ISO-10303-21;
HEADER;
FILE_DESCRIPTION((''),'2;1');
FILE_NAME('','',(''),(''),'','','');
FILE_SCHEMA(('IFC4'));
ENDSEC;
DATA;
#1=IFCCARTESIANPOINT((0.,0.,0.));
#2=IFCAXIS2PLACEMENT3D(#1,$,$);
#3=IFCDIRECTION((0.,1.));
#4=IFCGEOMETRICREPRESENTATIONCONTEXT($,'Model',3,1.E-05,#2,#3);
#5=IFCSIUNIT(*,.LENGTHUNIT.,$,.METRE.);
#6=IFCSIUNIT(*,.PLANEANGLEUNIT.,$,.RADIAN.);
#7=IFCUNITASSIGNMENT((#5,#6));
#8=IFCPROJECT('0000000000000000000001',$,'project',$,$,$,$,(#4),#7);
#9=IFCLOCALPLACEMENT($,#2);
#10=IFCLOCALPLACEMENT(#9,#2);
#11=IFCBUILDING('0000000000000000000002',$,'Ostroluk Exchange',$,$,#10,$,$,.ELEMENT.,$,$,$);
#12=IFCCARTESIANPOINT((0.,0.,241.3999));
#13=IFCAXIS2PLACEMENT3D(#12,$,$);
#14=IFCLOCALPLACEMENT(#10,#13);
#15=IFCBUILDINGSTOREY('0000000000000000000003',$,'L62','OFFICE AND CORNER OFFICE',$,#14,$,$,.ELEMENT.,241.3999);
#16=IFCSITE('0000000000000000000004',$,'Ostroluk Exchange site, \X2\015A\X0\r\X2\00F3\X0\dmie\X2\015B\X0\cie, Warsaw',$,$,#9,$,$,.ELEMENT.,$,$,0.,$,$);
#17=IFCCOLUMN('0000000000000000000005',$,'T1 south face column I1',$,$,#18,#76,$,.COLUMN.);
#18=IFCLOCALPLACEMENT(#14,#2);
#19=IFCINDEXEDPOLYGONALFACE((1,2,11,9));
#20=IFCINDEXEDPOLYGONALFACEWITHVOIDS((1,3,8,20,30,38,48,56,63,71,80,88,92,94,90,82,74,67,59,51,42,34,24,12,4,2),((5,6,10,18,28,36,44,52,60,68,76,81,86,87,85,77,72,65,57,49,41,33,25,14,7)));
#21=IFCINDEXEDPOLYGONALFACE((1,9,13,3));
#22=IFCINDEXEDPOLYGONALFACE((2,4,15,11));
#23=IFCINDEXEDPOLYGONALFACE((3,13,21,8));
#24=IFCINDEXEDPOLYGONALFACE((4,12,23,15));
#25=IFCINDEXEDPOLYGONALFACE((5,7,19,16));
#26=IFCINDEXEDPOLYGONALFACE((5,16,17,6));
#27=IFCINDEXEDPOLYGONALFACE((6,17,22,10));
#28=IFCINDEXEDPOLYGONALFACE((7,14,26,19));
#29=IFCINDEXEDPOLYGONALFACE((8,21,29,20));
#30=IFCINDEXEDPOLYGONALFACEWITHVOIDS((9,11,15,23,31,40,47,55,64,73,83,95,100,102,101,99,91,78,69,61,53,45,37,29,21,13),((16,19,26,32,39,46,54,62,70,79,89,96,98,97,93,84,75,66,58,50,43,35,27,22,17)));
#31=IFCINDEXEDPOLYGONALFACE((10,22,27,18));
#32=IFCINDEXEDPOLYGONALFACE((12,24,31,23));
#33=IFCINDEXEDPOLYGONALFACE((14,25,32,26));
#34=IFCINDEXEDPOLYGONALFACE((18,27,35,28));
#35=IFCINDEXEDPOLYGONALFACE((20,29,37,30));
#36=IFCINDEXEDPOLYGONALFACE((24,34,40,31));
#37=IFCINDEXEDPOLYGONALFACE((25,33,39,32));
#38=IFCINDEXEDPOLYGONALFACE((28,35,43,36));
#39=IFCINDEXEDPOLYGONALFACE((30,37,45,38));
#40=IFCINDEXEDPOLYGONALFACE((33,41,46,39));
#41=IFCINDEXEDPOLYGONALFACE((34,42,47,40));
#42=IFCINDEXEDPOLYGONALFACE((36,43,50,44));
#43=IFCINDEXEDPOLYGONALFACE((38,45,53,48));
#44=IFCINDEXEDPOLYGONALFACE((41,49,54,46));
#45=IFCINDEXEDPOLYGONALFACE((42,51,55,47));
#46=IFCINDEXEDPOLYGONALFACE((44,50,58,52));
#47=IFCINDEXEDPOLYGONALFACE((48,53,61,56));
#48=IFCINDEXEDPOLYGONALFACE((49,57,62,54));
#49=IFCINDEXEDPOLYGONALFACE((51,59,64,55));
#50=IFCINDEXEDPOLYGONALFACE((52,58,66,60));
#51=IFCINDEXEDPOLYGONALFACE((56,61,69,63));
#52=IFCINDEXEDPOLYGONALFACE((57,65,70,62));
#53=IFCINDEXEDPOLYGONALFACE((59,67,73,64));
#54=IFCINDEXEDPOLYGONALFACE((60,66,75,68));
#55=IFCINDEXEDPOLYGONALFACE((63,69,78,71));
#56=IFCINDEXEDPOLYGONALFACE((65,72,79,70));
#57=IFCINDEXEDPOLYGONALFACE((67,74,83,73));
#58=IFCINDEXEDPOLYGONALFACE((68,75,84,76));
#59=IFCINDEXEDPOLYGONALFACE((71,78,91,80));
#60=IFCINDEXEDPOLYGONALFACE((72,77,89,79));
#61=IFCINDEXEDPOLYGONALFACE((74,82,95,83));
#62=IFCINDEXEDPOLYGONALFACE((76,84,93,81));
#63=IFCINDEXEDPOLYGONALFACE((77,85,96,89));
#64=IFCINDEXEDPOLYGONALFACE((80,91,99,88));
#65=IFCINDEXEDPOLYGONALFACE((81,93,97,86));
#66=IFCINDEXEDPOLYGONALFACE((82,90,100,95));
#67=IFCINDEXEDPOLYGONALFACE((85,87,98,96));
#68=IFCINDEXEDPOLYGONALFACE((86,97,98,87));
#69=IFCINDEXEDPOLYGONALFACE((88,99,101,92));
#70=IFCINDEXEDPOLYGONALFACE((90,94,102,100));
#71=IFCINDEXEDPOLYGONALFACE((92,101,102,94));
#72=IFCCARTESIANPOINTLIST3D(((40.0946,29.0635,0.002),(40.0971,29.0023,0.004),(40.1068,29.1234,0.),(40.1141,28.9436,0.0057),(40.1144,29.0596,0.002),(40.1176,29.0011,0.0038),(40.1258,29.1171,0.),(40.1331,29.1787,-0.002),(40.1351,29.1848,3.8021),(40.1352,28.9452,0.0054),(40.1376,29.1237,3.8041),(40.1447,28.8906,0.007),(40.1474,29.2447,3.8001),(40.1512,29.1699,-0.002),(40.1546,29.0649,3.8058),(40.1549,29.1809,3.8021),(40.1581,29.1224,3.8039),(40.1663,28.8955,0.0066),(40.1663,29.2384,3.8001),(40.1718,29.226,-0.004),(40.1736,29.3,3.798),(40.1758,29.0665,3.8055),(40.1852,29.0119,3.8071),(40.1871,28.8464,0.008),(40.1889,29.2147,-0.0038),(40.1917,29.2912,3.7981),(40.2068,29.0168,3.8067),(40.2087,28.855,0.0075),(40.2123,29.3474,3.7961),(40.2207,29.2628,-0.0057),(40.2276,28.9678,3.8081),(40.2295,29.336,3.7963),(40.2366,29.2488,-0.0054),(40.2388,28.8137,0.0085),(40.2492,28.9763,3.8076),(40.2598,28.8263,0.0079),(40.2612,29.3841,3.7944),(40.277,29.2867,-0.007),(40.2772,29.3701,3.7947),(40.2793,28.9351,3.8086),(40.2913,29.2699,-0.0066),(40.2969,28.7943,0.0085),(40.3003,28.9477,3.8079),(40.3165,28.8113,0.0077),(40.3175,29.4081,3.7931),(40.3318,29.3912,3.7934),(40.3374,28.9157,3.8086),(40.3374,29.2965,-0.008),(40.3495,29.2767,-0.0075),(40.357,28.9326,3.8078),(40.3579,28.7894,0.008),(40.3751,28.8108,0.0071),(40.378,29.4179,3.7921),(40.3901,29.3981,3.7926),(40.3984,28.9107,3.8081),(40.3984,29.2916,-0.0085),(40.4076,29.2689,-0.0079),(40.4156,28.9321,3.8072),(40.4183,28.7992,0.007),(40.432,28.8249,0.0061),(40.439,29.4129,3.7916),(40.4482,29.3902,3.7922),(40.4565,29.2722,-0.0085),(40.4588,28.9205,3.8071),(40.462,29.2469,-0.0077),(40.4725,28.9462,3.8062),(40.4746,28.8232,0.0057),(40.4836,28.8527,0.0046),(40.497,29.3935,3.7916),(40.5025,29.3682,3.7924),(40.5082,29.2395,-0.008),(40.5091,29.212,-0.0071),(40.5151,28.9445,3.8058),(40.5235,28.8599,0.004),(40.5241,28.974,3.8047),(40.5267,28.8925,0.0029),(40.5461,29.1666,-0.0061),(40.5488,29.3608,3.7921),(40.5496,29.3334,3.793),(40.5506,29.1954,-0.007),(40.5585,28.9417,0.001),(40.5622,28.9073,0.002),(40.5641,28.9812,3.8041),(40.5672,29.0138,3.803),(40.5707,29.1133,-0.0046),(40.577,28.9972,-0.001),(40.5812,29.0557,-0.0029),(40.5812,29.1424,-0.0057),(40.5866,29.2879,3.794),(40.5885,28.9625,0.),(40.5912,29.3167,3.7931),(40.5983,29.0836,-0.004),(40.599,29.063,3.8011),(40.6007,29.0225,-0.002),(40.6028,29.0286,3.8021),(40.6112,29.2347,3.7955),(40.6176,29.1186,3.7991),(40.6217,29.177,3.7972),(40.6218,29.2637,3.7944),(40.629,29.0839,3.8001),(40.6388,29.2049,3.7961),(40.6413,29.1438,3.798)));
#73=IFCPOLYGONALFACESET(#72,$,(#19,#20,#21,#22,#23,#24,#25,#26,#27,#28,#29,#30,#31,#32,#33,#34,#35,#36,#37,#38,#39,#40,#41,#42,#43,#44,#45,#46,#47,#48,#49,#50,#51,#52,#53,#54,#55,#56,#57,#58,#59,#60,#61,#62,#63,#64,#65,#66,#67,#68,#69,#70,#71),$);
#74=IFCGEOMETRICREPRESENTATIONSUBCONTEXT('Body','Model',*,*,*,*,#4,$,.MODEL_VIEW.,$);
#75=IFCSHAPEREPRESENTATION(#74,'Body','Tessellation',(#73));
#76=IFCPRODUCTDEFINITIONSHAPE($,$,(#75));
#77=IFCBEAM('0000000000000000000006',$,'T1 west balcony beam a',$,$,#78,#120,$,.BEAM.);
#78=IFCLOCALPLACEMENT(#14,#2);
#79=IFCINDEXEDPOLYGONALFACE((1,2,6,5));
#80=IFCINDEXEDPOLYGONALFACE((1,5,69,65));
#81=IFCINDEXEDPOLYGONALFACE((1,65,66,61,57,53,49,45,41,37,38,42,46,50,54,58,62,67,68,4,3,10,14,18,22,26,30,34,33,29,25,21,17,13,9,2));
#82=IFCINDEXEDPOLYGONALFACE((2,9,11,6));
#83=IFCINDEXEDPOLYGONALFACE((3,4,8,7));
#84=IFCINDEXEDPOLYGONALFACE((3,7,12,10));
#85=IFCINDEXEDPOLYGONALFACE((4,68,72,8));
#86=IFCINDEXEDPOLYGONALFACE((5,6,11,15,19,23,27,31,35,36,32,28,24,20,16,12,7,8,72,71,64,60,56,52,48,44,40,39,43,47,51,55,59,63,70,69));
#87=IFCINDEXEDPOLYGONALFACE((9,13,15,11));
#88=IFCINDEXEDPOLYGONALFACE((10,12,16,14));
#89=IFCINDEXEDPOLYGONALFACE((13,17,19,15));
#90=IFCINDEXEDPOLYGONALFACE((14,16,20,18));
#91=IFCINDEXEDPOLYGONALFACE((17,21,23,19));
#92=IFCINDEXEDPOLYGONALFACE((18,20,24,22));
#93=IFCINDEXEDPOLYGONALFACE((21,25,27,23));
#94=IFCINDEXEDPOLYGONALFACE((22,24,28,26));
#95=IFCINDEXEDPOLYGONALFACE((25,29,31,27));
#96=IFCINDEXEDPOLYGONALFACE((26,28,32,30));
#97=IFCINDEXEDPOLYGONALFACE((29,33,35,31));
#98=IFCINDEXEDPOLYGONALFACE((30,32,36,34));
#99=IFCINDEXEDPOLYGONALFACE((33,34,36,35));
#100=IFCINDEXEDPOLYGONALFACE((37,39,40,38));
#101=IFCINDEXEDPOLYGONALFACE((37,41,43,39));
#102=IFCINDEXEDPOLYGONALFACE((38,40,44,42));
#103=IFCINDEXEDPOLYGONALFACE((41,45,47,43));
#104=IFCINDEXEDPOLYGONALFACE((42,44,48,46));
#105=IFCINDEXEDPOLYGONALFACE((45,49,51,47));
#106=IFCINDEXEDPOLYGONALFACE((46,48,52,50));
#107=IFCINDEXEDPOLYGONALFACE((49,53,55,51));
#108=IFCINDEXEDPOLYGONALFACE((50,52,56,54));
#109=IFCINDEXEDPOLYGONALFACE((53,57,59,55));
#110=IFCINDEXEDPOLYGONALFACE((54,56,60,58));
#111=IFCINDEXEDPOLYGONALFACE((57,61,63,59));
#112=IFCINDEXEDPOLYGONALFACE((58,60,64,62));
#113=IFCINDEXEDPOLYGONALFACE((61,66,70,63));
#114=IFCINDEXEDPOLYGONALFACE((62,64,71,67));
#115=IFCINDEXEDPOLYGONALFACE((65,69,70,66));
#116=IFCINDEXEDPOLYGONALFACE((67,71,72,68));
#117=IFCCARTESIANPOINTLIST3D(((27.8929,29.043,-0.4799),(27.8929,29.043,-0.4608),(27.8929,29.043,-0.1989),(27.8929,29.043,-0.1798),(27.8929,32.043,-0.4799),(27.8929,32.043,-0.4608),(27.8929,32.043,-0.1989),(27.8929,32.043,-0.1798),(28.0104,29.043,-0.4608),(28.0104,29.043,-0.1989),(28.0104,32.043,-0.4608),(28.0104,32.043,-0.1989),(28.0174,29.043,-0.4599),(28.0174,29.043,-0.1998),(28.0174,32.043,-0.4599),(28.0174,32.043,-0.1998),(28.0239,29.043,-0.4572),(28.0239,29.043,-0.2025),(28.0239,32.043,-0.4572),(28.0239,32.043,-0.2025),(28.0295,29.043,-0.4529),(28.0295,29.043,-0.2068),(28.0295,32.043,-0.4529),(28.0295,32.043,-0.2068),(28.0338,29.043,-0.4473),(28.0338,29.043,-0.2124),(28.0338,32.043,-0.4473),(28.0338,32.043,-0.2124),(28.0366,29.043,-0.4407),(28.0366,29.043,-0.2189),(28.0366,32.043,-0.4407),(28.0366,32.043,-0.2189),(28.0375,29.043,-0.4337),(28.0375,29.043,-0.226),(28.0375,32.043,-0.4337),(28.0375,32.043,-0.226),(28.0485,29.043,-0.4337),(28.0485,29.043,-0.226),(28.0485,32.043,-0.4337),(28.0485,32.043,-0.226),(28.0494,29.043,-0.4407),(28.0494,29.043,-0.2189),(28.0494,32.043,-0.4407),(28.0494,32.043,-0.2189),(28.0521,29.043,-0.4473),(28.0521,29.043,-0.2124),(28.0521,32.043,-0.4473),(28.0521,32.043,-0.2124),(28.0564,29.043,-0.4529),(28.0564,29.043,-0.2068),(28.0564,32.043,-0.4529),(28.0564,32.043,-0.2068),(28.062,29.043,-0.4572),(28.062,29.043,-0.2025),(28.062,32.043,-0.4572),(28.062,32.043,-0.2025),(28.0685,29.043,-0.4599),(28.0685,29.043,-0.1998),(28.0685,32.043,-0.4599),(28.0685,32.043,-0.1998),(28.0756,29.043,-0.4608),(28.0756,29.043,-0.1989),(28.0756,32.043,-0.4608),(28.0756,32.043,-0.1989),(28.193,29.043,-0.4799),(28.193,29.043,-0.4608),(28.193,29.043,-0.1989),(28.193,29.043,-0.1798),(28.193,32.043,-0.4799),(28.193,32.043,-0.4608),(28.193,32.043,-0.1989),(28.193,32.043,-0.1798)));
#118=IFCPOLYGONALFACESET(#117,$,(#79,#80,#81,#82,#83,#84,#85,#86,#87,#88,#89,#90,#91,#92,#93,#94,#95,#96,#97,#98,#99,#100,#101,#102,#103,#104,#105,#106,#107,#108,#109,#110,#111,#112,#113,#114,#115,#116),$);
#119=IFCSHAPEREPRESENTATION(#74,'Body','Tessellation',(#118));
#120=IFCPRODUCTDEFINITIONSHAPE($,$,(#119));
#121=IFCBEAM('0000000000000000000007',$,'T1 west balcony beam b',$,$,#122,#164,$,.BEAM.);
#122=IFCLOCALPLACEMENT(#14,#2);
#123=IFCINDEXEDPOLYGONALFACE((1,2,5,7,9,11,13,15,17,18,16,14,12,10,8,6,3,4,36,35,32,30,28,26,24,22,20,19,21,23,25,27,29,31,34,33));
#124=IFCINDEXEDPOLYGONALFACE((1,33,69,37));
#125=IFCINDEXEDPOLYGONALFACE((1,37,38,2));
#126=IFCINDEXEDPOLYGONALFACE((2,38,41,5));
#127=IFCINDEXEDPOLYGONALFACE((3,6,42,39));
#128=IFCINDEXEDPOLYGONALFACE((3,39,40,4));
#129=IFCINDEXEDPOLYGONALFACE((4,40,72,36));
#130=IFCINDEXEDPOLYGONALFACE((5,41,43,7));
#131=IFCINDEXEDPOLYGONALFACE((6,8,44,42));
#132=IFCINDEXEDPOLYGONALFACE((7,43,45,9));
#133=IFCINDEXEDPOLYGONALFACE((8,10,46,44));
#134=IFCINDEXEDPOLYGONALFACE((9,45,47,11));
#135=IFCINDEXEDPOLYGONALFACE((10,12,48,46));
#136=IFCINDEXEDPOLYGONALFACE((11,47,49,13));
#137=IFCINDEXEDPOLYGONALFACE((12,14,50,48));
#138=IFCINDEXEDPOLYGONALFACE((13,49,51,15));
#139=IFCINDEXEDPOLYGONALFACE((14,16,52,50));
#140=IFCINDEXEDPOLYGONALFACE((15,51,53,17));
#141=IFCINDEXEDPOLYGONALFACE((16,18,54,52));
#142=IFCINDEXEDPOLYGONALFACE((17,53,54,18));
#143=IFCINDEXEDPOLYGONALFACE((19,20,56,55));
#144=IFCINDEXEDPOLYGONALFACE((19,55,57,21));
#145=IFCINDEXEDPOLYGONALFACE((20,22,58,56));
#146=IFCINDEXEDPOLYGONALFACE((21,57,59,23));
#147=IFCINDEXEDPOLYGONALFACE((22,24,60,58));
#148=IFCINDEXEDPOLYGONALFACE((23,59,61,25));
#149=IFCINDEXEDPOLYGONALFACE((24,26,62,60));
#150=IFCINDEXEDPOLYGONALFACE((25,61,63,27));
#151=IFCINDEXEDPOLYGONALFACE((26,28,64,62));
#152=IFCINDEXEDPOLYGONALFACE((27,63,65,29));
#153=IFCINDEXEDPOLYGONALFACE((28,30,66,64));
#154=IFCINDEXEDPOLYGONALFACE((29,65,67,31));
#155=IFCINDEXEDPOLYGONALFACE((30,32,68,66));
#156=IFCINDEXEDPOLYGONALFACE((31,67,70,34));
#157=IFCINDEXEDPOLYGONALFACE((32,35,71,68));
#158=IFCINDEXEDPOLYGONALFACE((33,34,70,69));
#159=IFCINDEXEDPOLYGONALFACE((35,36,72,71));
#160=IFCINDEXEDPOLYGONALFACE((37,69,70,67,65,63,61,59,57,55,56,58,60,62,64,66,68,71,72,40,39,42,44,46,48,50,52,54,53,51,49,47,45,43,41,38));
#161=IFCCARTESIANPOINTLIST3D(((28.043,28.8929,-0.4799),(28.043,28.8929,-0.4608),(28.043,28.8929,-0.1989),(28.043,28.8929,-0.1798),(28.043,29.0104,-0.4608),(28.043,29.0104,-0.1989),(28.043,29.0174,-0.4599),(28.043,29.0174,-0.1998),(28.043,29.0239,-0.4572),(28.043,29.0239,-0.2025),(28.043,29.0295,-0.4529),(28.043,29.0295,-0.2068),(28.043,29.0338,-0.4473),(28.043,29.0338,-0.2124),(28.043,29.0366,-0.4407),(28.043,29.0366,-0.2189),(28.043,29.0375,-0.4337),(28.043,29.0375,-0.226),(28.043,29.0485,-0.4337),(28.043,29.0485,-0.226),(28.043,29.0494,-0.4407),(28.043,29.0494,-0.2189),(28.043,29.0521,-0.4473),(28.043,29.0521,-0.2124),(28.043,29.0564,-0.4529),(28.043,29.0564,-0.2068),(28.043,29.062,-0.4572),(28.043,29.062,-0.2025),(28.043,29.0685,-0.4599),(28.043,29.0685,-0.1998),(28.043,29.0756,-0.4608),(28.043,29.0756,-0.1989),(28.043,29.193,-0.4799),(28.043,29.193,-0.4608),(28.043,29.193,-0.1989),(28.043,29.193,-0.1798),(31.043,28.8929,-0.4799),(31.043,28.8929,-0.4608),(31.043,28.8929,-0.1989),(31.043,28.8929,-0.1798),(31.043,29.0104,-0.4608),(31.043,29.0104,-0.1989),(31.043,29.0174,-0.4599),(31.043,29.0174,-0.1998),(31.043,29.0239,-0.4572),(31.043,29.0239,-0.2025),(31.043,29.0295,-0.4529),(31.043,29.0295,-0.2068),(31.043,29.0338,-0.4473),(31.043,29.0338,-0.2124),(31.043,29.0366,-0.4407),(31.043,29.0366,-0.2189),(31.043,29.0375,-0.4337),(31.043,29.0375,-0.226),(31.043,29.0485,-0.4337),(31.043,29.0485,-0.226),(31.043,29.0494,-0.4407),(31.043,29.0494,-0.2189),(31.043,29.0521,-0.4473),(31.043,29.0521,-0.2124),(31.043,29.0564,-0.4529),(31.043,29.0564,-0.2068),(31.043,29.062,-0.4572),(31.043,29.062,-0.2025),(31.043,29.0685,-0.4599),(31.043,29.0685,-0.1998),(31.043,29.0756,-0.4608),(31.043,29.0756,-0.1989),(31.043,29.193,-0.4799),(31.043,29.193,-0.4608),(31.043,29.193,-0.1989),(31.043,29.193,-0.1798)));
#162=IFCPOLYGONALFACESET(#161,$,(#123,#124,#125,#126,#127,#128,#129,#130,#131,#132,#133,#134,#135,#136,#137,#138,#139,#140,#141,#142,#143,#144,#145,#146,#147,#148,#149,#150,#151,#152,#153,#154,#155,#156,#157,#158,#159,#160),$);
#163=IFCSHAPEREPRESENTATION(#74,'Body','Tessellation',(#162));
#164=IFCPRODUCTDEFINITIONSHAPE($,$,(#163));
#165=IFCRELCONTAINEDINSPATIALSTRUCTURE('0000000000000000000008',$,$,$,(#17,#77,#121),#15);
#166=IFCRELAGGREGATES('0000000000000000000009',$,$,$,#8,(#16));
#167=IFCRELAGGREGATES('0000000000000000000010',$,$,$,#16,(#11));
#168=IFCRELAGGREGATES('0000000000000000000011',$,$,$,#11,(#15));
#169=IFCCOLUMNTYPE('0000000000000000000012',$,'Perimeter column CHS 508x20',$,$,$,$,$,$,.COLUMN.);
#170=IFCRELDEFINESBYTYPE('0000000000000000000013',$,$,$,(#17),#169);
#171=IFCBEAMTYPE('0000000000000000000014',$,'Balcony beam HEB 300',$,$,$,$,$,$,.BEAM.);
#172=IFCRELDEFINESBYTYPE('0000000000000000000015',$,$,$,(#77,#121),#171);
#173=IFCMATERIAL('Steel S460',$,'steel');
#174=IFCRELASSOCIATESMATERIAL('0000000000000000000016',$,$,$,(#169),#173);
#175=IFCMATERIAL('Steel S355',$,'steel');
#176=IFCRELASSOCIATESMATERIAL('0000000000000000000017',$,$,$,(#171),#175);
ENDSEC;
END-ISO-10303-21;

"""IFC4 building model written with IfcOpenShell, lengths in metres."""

from ifc_helpers import new_model, si_unit, direction, frame, origin, origin_2d, place, context, subcontext, project, spatial, hollow_circle, i_section, extrude, material, material_profile, profile_set, type_object, element, save


model = new_model("IFC4")

# Units and contexts
model_context = context("Model", 3, precision=1e-05, world=origin(), true_north=direction((0.0, 1.0)))
body_context = subcontext(model_context, "Body", "Model", "MODEL_VIEW")
ifc_project = project(units=[si_unit("LENGTHUNIT", "METRE"), si_unit("PLANEANGLEUNIT", "RADIAN")], contexts=[model_context])

# Site, building, storey
site_placement = place(None, origin())
site = spatial("IfcSite", under=ifc_project, at=site_placement, Name="Ostroluk Exchange site, Śródmieście, Warsaw", CompositionType="ELEMENT", RefElevation=0.0)
building_placement = place(site_placement, origin())
building = spatial("IfcBuilding", under=site, at=building_placement, Name="Ostroluk Exchange", CompositionType="ELEMENT")
storey_placement = place(building_placement, frame((0.0, 0.0, 241.3999)))
storey = spatial("IfcBuildingStorey", under=building, at=storey_placement, Name="L62", Description="OFFICE AND CORNER OFFICE", CompositionType="ELEMENT", Elevation=241.3999)

# Column
ifc_material_1 = material(Name="Steel S460", Category="steel")
ifc_material_profile_1 = material_profile(ifc_material_1, hollow_circle(Radius=0.2539, WallThickness=0.02, at=origin_2d()), Name="CHS 508x20")
ifc_profile_set_1 = profile_set([ifc_material_profile_1], Name="Steel S460")
column_type_1 = type_object("IfcColumnType", Name="Perimeter column CHS 508x20", PredefinedType="COLUMN", material=ifc_profile_set_1)
column_1_placement = place(storey_placement, frame((40.3477, 29.043, 0.0), z_axis=(0.010659, 0.031913, 0.999434), x_axis=(-0.948492, 0.3168, 0.0)))
element("IfcColumn", 1, at=column_1_placement, inside=storey, type_object=column_type_1, Name="T1 south face column I1", PredefinedType="COLUMN", context=body_context, shape_type="SweptSolid", body=[
    extrude(hollow_circle(Radius=0.2539, WallThickness=0.02, at=origin_2d()), origin(), (0.0, 0.0, 1.0), 3.8022),
])

# Beams
ifc_material_2 = material(Name="Steel S355", Category="steel")
ifc_material_profile_2 = material_profile(ifc_material_2, i_section(OverallWidth=0.3, OverallDepth=0.3, WebThickness=0.011, FlangeThickness=0.019, FilletRadius=0.0271, at=origin_2d()), Name="HEB 300")
ifc_profile_set_2 = profile_set([ifc_material_profile_2], Name="Steel S355")
beam_type_1 = type_object("IfcBeamType", Name="Balcony beam HEB 300", PredefinedType="BEAM", material=ifc_profile_set_2)
for number, where, z_axis, x_axis, name in (
    (2, (28.043, 32.043, -0.3298), (0.0, -1.0, 0.0), (1.0, 0.0, 0.0), "T1 west balcony beam a"),
    (3, (31.043, 29.043, -0.3298), (-1.0, 0.0, 0.0), (0.0, -1.0, 0.0), "T1 west balcony beam b"),
):
    element("IfcBeam", number, at=place(storey_placement, frame(where, z_axis=z_axis, x_axis=x_axis)), inside=storey, type_object=beam_type_1, Name=name, PredefinedType="BEAM", context=body_context, shape_type="SweptSolid", body=[
        extrude(i_section(OverallWidth=0.3, OverallDepth=0.3, WebThickness=0.011, FlangeThickness=0.019, FilletRadius=0.0271, at=origin_2d()), origin(), (0.0, 0.0, 1.0), 3.0),
    ])

save(model, "model.ifc")
